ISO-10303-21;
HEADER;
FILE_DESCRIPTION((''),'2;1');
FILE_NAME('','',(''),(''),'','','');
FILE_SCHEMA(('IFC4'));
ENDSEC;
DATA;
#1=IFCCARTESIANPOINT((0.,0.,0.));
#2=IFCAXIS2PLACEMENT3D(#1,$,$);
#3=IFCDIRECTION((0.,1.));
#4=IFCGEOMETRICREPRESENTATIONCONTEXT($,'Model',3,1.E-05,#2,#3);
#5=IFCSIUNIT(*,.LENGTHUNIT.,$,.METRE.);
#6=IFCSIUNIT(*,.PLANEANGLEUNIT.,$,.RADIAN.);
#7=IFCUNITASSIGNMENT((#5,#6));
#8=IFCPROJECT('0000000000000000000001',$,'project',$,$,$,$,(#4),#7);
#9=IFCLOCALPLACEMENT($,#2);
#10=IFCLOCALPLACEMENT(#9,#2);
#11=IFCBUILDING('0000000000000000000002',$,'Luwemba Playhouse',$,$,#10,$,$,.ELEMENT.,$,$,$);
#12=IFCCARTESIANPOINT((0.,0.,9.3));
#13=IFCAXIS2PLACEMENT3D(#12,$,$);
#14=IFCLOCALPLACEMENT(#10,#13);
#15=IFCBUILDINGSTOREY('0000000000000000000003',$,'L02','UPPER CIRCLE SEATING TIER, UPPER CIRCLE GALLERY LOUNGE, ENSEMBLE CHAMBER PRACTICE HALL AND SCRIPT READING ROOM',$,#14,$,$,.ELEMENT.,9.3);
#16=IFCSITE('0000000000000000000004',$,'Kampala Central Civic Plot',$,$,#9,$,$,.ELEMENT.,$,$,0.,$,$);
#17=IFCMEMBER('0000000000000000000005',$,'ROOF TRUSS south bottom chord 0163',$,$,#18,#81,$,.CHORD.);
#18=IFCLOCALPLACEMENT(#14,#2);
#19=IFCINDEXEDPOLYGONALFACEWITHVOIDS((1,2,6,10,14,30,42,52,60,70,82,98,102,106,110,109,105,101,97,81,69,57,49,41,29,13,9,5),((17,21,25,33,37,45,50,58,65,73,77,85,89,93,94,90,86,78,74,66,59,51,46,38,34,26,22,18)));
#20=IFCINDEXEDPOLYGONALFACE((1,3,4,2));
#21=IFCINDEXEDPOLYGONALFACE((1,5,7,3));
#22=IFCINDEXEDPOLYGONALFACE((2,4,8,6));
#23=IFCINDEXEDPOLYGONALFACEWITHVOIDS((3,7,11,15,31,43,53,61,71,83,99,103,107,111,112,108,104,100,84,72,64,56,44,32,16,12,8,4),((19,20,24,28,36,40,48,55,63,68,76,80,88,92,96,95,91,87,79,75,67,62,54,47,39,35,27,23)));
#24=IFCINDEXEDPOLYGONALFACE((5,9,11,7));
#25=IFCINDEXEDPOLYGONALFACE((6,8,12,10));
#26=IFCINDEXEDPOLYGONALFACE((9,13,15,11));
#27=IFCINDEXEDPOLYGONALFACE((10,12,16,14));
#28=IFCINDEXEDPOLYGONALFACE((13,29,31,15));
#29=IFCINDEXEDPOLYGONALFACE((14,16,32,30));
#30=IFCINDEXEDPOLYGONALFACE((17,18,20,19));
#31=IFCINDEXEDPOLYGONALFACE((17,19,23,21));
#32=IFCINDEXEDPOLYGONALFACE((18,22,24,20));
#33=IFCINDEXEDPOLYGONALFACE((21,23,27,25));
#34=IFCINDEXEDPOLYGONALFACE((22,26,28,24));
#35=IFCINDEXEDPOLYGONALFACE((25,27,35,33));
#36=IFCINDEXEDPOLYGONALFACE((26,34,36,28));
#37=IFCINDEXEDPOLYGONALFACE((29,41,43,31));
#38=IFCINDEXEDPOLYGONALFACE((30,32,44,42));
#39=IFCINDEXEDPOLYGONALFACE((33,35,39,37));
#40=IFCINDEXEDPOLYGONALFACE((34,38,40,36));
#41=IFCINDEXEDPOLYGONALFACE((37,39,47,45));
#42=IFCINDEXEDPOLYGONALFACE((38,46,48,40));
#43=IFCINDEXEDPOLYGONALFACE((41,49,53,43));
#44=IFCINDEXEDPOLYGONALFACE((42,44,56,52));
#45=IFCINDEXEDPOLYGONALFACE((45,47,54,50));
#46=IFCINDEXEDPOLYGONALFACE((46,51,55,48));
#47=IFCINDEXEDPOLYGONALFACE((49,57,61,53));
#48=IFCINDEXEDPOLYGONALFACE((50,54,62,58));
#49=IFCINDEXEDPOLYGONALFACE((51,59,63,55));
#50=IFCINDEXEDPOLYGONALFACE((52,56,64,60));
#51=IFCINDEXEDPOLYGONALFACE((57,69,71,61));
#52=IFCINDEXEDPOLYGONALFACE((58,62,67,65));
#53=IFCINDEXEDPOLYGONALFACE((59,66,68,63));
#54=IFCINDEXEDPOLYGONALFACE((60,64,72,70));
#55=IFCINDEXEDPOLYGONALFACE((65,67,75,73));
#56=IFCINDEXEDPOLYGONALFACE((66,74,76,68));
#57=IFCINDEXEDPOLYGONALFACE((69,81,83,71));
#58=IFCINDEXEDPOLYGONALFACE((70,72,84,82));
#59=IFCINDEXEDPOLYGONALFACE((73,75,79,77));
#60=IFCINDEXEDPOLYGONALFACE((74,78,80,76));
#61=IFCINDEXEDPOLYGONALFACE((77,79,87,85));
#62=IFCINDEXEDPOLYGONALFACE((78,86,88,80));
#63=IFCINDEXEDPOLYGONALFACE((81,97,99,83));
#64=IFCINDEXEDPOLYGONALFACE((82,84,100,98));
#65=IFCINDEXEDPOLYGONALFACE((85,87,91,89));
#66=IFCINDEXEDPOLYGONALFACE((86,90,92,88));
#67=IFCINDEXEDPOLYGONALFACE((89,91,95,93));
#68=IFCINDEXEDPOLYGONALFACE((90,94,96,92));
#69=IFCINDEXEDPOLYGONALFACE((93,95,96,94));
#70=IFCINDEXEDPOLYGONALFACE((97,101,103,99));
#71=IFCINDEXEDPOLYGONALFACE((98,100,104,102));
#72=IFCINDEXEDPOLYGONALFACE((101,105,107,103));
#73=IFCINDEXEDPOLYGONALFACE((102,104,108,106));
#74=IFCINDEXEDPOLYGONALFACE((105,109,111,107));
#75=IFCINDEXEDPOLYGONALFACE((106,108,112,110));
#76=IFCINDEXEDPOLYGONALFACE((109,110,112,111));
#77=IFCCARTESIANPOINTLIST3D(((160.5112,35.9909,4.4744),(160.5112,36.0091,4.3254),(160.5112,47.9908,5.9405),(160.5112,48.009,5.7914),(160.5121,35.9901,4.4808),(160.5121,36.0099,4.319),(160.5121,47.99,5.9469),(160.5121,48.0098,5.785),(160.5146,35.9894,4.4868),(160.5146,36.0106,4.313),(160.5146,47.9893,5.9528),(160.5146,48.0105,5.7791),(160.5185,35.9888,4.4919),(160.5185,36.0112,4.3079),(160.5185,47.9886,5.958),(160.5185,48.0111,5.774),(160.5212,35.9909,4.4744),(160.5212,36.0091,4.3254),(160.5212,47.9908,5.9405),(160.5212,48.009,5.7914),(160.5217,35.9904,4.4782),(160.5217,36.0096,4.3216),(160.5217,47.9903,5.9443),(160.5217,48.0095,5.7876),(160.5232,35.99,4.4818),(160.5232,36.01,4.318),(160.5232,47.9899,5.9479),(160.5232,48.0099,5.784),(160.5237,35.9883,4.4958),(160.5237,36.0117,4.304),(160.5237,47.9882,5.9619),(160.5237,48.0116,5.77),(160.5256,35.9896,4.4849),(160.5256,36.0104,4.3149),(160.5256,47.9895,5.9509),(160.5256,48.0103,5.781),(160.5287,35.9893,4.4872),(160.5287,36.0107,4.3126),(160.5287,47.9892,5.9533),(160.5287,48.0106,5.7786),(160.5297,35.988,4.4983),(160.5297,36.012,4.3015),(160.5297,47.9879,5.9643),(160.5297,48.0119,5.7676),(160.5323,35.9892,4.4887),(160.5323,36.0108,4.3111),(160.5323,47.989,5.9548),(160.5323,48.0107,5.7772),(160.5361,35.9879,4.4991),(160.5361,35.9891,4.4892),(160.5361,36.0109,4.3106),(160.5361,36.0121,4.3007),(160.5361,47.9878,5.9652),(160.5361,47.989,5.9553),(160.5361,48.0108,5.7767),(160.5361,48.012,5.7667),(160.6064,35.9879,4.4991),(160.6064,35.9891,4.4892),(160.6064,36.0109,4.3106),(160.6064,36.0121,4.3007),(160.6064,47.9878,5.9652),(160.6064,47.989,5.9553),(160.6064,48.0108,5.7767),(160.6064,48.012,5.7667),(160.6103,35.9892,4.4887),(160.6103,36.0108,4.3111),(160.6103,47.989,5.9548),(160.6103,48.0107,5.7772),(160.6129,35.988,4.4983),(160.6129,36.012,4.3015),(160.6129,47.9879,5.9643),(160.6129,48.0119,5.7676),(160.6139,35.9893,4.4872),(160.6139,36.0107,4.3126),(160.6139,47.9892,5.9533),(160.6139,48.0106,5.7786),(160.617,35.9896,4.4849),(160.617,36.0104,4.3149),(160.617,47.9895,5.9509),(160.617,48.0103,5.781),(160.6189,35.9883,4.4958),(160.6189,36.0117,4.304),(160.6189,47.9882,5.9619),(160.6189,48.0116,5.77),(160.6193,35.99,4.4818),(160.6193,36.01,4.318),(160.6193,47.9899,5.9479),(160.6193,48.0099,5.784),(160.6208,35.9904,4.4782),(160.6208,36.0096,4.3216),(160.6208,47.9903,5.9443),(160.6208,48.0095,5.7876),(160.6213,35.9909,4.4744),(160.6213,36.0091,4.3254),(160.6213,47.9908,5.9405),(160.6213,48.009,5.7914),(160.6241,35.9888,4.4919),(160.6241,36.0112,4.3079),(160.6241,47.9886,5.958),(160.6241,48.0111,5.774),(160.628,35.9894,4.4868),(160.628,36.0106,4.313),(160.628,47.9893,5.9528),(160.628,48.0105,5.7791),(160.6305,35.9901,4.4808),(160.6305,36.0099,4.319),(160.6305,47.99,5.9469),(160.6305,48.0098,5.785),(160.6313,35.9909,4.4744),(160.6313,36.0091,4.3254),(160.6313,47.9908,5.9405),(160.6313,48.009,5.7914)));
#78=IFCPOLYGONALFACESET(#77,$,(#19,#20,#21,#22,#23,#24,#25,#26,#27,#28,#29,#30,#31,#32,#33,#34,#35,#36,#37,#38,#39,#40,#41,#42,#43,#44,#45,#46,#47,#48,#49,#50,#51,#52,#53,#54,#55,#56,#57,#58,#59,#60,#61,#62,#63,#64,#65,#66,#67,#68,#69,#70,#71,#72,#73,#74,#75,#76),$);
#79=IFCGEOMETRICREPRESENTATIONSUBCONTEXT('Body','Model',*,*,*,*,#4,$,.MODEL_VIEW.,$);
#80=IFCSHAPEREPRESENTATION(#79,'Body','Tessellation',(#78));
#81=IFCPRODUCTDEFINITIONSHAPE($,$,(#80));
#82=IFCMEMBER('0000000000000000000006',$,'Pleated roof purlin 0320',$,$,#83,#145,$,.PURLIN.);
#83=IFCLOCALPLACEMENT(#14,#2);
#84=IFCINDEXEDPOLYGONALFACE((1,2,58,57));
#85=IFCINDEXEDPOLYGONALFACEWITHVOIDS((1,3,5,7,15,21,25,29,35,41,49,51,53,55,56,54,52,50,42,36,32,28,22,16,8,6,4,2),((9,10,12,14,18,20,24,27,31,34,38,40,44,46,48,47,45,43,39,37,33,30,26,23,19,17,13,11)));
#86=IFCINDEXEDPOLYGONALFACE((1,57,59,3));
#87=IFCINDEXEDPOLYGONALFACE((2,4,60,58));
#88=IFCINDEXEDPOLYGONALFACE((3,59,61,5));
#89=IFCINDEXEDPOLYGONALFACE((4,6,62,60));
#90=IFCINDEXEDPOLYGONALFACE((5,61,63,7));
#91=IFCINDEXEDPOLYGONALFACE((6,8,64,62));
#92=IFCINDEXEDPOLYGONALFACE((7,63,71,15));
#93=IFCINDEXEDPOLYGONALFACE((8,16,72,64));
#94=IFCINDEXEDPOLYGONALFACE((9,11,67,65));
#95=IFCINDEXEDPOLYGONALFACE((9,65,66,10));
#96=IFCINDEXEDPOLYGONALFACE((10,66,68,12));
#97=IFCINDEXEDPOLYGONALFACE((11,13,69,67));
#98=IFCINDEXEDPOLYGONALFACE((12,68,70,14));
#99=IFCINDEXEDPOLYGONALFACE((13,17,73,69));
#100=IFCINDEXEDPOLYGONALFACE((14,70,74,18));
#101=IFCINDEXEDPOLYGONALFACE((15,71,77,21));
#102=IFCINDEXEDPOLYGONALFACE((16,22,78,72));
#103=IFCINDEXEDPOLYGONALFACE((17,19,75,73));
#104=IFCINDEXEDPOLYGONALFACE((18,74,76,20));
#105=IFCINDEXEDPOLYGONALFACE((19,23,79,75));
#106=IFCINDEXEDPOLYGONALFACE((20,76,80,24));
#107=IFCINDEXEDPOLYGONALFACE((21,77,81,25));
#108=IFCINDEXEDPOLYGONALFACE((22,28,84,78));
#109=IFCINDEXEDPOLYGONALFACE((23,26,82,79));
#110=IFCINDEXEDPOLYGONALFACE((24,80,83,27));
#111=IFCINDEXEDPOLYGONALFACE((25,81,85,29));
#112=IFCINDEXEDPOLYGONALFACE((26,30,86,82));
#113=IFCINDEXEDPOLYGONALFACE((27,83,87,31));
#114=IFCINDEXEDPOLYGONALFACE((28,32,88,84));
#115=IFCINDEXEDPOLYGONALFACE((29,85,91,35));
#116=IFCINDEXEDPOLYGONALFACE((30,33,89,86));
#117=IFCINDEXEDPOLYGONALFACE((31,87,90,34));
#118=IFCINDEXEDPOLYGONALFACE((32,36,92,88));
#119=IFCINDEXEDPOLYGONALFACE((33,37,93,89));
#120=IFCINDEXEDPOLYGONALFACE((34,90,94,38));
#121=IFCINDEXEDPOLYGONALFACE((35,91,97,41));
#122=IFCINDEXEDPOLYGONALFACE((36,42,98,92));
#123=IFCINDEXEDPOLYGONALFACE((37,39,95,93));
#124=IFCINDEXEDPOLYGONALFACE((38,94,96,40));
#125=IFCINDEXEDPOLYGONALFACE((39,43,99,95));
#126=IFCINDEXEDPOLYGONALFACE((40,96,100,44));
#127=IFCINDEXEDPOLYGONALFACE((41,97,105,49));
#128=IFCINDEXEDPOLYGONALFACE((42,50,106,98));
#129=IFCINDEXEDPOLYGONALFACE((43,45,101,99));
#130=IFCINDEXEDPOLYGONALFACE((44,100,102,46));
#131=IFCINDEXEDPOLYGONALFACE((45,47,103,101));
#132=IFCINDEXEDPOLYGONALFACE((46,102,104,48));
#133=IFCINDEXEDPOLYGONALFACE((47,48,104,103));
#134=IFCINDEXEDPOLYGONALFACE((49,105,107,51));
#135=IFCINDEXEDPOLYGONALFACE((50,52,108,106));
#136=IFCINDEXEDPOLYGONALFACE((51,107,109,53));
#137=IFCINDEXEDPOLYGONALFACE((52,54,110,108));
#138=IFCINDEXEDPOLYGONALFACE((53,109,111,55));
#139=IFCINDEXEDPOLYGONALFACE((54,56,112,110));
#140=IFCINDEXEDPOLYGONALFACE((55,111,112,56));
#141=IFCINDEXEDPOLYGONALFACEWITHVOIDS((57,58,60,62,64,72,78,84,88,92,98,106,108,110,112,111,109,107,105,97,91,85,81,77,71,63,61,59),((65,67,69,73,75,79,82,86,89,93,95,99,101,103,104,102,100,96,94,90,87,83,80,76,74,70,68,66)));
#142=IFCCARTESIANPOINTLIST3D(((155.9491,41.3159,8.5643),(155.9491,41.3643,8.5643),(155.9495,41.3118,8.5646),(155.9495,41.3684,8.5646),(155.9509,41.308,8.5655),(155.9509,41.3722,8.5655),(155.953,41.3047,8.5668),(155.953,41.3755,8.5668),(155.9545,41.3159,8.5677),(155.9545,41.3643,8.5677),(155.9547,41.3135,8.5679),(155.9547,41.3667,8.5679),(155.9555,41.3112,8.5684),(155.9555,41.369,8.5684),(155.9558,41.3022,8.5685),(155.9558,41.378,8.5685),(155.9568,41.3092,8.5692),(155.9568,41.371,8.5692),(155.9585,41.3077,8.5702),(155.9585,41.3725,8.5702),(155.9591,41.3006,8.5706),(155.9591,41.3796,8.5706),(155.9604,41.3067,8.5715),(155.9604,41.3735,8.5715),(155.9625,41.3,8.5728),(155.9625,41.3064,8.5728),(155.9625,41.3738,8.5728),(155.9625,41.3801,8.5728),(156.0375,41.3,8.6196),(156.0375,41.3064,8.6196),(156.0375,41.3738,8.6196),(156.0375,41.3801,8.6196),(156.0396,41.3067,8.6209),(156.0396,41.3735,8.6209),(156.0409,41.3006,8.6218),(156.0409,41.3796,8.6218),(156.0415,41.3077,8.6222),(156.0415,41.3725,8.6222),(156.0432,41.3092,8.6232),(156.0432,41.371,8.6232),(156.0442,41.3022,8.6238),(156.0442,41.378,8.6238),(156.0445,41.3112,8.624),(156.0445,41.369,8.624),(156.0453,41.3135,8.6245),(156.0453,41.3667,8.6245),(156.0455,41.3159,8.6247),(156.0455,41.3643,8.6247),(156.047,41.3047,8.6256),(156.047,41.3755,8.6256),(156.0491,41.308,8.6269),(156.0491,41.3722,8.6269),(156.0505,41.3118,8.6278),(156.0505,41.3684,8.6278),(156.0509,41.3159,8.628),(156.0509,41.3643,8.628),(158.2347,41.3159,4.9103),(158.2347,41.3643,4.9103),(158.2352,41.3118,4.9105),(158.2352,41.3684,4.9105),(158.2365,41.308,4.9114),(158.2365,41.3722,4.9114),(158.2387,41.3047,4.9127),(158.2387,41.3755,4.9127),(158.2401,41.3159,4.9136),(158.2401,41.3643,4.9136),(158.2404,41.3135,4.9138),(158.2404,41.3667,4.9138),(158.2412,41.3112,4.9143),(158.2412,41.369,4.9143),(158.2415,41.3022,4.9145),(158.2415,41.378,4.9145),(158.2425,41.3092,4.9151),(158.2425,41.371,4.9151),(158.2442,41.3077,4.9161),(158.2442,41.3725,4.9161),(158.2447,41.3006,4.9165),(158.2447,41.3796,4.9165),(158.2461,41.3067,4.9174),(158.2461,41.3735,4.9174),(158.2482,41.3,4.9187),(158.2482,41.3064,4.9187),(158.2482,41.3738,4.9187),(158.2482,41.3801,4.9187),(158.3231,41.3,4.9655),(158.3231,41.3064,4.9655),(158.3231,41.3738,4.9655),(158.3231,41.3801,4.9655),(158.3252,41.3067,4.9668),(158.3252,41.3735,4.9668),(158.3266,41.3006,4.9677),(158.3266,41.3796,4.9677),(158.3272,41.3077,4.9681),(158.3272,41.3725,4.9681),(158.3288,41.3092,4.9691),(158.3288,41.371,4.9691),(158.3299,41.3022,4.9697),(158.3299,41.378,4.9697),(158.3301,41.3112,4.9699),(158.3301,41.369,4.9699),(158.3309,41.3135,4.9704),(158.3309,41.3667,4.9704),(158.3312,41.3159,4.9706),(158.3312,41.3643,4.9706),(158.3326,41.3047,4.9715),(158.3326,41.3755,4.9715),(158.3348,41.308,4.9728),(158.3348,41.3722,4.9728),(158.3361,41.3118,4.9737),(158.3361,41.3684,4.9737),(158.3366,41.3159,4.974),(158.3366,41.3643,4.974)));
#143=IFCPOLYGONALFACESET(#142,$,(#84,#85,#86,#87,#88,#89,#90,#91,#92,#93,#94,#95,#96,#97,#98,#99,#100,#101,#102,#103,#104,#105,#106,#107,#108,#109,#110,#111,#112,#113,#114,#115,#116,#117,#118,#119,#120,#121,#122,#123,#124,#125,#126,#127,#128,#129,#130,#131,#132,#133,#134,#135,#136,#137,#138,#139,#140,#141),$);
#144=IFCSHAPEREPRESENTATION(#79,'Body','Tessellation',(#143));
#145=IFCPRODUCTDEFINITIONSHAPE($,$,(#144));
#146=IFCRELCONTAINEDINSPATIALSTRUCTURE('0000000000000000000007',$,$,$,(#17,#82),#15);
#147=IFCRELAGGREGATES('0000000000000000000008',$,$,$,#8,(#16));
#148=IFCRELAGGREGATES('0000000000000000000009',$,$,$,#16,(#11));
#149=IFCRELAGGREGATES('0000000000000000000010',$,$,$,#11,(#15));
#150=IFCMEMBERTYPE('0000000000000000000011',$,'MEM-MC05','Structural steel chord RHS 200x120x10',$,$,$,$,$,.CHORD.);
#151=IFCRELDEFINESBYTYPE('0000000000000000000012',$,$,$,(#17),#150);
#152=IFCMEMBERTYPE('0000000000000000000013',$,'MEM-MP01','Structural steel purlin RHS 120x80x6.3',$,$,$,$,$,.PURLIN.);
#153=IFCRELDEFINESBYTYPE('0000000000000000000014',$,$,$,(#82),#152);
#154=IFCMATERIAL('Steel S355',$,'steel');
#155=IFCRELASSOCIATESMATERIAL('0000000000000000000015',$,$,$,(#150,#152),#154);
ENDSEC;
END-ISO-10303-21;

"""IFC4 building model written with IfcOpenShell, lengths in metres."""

from ifc_helpers import new_model, si_unit, direction, frame, origin, origin_2d, place, context, subcontext, project, spatial, hollow_rectangle, extrude, material, material_profile, profile_set, type_object, element, save


model = new_model("IFC4")

# Units and contexts
model_context = context("Model", 3, precision=1e-05, world=origin(), true_north=direction((0.0, 1.0)))
body_context = subcontext(model_context, "Body", "Model", "MODEL_VIEW")
ifc_project = project(units=[si_unit("LENGTHUNIT", "METRE"), si_unit("PLANEANGLEUNIT", "RADIAN")], contexts=[model_context])

# Site, building, storey
site_placement = place(None, origin())
site = spatial("IfcSite", under=ifc_project, at=site_placement, Name="Kampala Central Civic Plot", CompositionType="ELEMENT", RefElevation=0.0)
building_placement = place(site_placement, origin())
building = spatial("IfcBuilding", under=site, at=building_placement, Name="Luwemba Playhouse", CompositionType="ELEMENT")
storey_placement = place(building_placement, frame((0.0, 0.0, 9.3)))
storey = spatial("IfcBuildingStorey", under=building, at=storey_placement, Name="L02", Description="UPPER CIRCLE SEATING TIER, UPPER CIRCLE GALLERY LOUNGE, ENSEMBLE CHAMBER PRACTICE HALL AND SCRIPT READING ROOM", CompositionType="ELEMENT", Elevation=9.3)

# Shared definitions
ifc_material_1 = material(Name="Steel S355", Category="steel")

# Members
ifc_material_profile_1 = material_profile(ifc_material_1, hollow_rectangle(XDim=0.1201, YDim=0.2, WallThickness=0.01, InnerFilletRadius=0.0149, OuterFilletRadius=0.0249, at=origin_2d()))
ifc_profile_set_1 = profile_set([ifc_material_profile_1], Name="Steel S355")
member_type_1 = type_object("IfcMemberType", Name="MEM-MC05", Description="Structural steel chord RHS 200x120x10", PredefinedType="CHORD", material=ifc_profile_set_1)
member_1_placement = place(storey_placement, frame((160.5713, 36.0, 4.3999), z_axis=(0.0, 0.99262, 0.12127), x_axis=(-1.0, 0.0, 0.0)))
element("IfcMember", 1, at=member_1_placement, inside=storey, type_object=member_type_1, Name="ROOF TRUSS south bottom chord 0163", PredefinedType="CHORD", context=body_context, shape_type="SweptSolid", body=[
    extrude(hollow_rectangle(XDim=0.1201, YDim=0.2, WallThickness=0.01, InnerFilletRadius=0.0149, OuterFilletRadius=0.0249, at=origin_2d()), origin(), (0.0, 0.0, 1.0), 12.0891),
])
ifc_material_profile_2 = material_profile(ifc_material_1, hollow_rectangle(XDim=0.0801, YDim=0.1201, WallThickness=0.0063, InnerFilletRadius=0.0095, OuterFilletRadius=0.0159, at=origin_2d()))
ifc_profile_set_2 = profile_set([ifc_material_profile_2], Name="Steel S355")
member_type_2 = type_object("IfcMemberType", Name="MEM-MP01", Description="Structural steel purlin RHS 120x80x6.3", PredefinedType="PURLIN", material=ifc_profile_set_2)
member_2_placement = place(storey_placement, frame((156.0, 41.3401, 8.5962), z_axis=(0.530309, 0.0, -0.847804), x_axis=(0.0, 1.0, 0.0)))
element("IfcMember", 2, at=member_2_placement, inside=storey, type_object=member_type_2, Name="Pleated roof purlin 0320", PredefinedType="PURLIN", context=body_context, shape_type="SweptSolid", body=[
    extrude(hollow_rectangle(XDim=0.0801, YDim=0.1201, WallThickness=0.0063, InnerFilletRadius=0.0095, OuterFilletRadius=0.0159, at=origin_2d()), origin(), (0.0, 0.0, 1.0), 4.3101),
])

save(model, "model.ifc")
